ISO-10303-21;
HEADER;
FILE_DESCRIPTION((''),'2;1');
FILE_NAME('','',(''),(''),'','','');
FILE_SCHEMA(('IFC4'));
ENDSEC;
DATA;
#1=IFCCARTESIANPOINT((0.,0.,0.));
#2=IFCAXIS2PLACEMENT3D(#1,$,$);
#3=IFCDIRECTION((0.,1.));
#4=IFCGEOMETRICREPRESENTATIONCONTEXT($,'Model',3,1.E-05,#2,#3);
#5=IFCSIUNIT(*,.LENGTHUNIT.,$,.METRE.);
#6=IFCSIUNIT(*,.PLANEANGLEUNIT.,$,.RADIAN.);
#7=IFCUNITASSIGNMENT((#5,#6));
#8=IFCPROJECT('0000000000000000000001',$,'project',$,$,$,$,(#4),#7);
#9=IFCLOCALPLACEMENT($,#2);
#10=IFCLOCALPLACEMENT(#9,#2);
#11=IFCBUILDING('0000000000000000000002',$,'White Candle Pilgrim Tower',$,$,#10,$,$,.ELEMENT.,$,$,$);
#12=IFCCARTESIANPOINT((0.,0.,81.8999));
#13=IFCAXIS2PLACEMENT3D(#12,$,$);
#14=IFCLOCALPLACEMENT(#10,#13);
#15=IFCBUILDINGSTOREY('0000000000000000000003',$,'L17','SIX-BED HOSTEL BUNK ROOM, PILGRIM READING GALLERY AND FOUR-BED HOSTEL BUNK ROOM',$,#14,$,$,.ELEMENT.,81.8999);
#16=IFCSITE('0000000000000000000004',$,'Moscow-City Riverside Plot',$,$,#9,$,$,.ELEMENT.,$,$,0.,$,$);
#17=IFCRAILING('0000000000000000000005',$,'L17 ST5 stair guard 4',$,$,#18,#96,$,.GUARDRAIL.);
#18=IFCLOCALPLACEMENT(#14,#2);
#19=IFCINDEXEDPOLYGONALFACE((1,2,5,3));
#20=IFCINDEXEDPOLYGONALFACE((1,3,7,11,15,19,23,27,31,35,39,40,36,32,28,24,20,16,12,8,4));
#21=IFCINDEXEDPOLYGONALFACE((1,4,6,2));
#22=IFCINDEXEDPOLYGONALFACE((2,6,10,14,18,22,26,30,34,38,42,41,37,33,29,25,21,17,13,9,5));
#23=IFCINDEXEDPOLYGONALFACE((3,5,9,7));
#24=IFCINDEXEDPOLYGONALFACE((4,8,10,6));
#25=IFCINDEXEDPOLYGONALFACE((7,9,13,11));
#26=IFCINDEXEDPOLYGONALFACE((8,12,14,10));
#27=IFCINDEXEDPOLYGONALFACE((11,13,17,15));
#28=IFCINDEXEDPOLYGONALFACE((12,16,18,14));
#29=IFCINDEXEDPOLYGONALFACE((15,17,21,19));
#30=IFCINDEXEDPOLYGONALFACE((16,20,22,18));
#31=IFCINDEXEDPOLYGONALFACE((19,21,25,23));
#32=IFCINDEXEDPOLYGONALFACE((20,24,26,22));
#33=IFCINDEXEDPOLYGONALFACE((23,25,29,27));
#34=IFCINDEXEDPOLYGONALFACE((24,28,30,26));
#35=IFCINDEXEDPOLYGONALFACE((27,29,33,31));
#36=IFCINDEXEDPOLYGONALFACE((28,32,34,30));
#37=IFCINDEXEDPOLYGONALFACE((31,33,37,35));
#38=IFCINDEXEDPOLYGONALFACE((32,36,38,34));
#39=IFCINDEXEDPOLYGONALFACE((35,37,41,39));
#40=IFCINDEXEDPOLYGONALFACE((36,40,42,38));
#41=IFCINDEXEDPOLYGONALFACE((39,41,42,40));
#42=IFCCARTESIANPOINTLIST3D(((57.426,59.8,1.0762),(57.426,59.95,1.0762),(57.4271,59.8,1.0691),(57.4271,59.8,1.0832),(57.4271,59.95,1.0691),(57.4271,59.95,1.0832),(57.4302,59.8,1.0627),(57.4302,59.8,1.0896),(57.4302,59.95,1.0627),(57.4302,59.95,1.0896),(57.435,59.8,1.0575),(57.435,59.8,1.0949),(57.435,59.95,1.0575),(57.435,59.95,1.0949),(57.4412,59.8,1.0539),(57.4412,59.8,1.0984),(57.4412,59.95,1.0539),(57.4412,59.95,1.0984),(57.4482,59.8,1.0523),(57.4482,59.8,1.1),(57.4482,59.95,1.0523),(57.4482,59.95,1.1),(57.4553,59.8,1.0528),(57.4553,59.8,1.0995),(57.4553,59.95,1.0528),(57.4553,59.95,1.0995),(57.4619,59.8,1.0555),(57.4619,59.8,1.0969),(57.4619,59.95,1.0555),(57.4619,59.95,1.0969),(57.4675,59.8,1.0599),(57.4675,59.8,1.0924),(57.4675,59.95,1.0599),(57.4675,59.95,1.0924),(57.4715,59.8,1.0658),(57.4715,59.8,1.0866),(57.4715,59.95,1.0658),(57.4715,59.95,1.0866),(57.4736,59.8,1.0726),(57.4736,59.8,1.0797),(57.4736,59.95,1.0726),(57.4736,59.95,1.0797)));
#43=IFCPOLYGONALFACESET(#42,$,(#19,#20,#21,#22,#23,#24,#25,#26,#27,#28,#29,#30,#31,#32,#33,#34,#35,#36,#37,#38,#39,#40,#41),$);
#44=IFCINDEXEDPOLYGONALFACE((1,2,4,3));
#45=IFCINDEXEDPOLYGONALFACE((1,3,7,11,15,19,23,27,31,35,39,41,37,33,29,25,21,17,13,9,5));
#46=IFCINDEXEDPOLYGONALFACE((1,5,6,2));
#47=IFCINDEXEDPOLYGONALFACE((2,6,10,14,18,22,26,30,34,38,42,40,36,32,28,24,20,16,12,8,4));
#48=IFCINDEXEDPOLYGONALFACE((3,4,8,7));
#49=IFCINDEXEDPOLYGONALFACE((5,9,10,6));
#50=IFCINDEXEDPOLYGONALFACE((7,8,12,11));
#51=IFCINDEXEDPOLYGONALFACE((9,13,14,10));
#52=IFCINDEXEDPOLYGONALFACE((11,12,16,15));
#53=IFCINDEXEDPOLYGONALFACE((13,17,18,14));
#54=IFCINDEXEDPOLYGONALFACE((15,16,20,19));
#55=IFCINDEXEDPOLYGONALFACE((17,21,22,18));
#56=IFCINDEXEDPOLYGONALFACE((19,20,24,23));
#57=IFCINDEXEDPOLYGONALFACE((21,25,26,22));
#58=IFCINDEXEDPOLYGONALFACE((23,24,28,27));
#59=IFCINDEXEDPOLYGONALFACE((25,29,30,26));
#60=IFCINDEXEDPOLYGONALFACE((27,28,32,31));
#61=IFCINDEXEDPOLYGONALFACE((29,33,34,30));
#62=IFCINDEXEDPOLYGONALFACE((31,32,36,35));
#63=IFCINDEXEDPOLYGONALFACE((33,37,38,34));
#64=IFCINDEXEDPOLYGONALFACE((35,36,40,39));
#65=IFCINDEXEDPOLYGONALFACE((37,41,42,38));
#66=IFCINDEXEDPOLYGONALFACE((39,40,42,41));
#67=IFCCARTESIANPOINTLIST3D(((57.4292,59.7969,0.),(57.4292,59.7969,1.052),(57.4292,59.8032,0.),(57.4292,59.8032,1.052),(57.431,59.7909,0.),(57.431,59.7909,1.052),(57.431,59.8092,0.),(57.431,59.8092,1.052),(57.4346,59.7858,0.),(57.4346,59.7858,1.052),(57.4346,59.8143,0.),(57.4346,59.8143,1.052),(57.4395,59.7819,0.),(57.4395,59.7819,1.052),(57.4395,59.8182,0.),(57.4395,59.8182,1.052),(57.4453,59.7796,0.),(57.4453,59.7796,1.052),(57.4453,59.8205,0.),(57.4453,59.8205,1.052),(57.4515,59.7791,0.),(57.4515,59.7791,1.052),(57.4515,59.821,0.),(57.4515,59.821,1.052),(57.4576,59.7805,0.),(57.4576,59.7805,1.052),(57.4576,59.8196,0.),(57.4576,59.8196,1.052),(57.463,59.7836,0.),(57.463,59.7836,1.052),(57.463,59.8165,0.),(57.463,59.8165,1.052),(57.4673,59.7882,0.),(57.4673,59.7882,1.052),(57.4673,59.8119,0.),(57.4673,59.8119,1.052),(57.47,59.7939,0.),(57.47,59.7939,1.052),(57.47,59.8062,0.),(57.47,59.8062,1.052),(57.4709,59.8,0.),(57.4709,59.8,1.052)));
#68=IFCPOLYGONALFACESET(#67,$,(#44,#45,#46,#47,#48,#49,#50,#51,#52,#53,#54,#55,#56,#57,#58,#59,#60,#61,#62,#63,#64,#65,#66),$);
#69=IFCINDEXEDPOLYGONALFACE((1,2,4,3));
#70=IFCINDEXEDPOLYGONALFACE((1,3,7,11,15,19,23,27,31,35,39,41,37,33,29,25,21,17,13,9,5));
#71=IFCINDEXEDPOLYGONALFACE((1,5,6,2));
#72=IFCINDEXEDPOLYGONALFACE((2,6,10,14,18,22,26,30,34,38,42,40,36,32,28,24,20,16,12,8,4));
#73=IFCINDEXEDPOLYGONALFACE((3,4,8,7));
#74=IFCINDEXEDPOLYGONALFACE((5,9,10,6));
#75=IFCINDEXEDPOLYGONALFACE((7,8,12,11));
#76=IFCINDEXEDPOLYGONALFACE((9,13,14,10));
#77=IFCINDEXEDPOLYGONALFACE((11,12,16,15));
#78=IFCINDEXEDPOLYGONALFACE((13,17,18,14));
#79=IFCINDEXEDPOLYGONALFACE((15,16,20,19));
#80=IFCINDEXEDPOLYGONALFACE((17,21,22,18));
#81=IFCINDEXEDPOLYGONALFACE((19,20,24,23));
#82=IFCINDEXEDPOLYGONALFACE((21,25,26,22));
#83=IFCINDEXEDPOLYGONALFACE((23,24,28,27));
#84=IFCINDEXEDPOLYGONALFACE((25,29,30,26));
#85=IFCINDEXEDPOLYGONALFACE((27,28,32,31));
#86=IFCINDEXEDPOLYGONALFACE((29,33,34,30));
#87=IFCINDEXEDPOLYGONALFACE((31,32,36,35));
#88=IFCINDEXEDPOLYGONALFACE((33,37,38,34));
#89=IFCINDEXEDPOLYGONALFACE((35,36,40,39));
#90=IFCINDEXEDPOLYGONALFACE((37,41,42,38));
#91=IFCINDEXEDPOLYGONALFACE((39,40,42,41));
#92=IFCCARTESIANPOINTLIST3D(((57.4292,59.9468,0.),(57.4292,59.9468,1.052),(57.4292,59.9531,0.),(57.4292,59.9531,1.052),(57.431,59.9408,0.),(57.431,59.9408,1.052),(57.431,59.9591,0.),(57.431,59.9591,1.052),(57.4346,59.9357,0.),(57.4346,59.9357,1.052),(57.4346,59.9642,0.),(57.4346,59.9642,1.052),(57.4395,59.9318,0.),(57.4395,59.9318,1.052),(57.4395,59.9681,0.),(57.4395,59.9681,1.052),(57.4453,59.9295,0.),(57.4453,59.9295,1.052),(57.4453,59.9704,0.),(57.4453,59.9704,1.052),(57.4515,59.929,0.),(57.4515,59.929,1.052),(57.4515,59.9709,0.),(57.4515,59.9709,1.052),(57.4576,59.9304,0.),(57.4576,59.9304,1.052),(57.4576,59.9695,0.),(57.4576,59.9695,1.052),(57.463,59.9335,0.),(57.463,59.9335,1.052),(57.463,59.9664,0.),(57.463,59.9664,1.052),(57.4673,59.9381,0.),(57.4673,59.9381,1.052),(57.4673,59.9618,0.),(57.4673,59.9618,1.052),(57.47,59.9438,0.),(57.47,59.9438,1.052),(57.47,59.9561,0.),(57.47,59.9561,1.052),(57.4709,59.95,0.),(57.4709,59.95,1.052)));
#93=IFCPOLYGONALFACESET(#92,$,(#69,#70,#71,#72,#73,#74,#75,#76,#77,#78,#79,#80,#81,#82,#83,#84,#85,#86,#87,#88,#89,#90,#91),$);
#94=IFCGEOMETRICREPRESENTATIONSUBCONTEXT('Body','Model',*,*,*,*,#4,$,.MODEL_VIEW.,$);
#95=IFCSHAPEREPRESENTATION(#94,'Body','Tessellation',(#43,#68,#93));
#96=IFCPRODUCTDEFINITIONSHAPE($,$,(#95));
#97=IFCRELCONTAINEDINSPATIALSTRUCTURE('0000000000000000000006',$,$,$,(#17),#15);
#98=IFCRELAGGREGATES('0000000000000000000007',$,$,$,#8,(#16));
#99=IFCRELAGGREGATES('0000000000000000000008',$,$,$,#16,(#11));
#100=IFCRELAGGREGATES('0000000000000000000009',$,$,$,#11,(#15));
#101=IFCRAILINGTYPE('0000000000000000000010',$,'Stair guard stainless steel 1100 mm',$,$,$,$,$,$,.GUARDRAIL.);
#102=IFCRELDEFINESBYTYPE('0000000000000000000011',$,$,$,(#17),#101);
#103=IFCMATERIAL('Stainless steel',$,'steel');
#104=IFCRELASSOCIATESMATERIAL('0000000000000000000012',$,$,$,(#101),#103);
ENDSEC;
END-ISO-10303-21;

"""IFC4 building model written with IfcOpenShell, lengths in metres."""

from ifc_helpers import new_model, si_unit, direction, frame, origin, origin_2d, place, context, subcontext, project, spatial, circle, extrude, material, type_object, element, save


model = new_model("IFC4")

# Units and contexts
model_context = context("Model", 3, precision=1e-05, world=origin(), true_north=direction((0.0, 1.0)))
body_context = subcontext(model_context, "Body", "Model", "MODEL_VIEW")
ifc_project = project(units=[si_unit("LENGTHUNIT", "METRE"), si_unit("PLANEANGLEUNIT", "RADIAN")], contexts=[model_context])

# Site, building, storey
site_placement = place(None, origin())
site = spatial("IfcSite", under=ifc_project, at=site_placement, Name="Moscow-City Riverside Plot", CompositionType="ELEMENT", RefElevation=0.0)
building_placement = place(site_placement, origin())
building = spatial("IfcBuilding", under=site, at=building_placement, Name="White Candle Pilgrim Tower", CompositionType="ELEMENT")
storey_placement = place(building_placement, frame((0.0, 0.0, 81.8999)))
storey = spatial("IfcBuildingStorey", under=building, at=storey_placement, Name="L17", Description="SIX-BED HOSTEL BUNK ROOM, PILGRIM READING GALLERY AND FOUR-BED HOSTEL BUNK ROOM", CompositionType="ELEMENT", Elevation=81.8999)

# Railing
ifc_material_1 = material(Name="Stainless steel", Category="steel")
railing_type_1 = type_object("IfcRailingType", Name="Stair guard stainless steel 1100 mm", PredefinedType="GUARDRAIL", material=ifc_material_1)
railing_1_placement = place(storey_placement, frame((57.45, 59.8, 0.0)))
element("IfcRailing", 1, at=railing_1_placement, inside=storey, type_object=railing_type_1, Name="L17 ST5 stair guard 4", PredefinedType="GUARDRAIL", context=body_context, shape_type="SweptSolid", body=[
    extrude(circle(Radius=0.0239, at=origin_2d()), frame((0.0, 0.0, 1.0762), z_axis=(0.0, 1.0, 0.0), x_axis=(-1.0, 0.0, 0.0)), (0.0, 0.0, 1.0), 0.1499),
    extrude(circle(Radius=0.021, at=origin_2d()), origin(), (0.0, 0.0, 1.0), 1.052),
    extrude(circle(Radius=0.021, at=origin_2d()), frame((0.0, 0.1499, 0.0)), (0.0, 0.0, 1.0), 1.052),
])

save(model, "model.ifc")
